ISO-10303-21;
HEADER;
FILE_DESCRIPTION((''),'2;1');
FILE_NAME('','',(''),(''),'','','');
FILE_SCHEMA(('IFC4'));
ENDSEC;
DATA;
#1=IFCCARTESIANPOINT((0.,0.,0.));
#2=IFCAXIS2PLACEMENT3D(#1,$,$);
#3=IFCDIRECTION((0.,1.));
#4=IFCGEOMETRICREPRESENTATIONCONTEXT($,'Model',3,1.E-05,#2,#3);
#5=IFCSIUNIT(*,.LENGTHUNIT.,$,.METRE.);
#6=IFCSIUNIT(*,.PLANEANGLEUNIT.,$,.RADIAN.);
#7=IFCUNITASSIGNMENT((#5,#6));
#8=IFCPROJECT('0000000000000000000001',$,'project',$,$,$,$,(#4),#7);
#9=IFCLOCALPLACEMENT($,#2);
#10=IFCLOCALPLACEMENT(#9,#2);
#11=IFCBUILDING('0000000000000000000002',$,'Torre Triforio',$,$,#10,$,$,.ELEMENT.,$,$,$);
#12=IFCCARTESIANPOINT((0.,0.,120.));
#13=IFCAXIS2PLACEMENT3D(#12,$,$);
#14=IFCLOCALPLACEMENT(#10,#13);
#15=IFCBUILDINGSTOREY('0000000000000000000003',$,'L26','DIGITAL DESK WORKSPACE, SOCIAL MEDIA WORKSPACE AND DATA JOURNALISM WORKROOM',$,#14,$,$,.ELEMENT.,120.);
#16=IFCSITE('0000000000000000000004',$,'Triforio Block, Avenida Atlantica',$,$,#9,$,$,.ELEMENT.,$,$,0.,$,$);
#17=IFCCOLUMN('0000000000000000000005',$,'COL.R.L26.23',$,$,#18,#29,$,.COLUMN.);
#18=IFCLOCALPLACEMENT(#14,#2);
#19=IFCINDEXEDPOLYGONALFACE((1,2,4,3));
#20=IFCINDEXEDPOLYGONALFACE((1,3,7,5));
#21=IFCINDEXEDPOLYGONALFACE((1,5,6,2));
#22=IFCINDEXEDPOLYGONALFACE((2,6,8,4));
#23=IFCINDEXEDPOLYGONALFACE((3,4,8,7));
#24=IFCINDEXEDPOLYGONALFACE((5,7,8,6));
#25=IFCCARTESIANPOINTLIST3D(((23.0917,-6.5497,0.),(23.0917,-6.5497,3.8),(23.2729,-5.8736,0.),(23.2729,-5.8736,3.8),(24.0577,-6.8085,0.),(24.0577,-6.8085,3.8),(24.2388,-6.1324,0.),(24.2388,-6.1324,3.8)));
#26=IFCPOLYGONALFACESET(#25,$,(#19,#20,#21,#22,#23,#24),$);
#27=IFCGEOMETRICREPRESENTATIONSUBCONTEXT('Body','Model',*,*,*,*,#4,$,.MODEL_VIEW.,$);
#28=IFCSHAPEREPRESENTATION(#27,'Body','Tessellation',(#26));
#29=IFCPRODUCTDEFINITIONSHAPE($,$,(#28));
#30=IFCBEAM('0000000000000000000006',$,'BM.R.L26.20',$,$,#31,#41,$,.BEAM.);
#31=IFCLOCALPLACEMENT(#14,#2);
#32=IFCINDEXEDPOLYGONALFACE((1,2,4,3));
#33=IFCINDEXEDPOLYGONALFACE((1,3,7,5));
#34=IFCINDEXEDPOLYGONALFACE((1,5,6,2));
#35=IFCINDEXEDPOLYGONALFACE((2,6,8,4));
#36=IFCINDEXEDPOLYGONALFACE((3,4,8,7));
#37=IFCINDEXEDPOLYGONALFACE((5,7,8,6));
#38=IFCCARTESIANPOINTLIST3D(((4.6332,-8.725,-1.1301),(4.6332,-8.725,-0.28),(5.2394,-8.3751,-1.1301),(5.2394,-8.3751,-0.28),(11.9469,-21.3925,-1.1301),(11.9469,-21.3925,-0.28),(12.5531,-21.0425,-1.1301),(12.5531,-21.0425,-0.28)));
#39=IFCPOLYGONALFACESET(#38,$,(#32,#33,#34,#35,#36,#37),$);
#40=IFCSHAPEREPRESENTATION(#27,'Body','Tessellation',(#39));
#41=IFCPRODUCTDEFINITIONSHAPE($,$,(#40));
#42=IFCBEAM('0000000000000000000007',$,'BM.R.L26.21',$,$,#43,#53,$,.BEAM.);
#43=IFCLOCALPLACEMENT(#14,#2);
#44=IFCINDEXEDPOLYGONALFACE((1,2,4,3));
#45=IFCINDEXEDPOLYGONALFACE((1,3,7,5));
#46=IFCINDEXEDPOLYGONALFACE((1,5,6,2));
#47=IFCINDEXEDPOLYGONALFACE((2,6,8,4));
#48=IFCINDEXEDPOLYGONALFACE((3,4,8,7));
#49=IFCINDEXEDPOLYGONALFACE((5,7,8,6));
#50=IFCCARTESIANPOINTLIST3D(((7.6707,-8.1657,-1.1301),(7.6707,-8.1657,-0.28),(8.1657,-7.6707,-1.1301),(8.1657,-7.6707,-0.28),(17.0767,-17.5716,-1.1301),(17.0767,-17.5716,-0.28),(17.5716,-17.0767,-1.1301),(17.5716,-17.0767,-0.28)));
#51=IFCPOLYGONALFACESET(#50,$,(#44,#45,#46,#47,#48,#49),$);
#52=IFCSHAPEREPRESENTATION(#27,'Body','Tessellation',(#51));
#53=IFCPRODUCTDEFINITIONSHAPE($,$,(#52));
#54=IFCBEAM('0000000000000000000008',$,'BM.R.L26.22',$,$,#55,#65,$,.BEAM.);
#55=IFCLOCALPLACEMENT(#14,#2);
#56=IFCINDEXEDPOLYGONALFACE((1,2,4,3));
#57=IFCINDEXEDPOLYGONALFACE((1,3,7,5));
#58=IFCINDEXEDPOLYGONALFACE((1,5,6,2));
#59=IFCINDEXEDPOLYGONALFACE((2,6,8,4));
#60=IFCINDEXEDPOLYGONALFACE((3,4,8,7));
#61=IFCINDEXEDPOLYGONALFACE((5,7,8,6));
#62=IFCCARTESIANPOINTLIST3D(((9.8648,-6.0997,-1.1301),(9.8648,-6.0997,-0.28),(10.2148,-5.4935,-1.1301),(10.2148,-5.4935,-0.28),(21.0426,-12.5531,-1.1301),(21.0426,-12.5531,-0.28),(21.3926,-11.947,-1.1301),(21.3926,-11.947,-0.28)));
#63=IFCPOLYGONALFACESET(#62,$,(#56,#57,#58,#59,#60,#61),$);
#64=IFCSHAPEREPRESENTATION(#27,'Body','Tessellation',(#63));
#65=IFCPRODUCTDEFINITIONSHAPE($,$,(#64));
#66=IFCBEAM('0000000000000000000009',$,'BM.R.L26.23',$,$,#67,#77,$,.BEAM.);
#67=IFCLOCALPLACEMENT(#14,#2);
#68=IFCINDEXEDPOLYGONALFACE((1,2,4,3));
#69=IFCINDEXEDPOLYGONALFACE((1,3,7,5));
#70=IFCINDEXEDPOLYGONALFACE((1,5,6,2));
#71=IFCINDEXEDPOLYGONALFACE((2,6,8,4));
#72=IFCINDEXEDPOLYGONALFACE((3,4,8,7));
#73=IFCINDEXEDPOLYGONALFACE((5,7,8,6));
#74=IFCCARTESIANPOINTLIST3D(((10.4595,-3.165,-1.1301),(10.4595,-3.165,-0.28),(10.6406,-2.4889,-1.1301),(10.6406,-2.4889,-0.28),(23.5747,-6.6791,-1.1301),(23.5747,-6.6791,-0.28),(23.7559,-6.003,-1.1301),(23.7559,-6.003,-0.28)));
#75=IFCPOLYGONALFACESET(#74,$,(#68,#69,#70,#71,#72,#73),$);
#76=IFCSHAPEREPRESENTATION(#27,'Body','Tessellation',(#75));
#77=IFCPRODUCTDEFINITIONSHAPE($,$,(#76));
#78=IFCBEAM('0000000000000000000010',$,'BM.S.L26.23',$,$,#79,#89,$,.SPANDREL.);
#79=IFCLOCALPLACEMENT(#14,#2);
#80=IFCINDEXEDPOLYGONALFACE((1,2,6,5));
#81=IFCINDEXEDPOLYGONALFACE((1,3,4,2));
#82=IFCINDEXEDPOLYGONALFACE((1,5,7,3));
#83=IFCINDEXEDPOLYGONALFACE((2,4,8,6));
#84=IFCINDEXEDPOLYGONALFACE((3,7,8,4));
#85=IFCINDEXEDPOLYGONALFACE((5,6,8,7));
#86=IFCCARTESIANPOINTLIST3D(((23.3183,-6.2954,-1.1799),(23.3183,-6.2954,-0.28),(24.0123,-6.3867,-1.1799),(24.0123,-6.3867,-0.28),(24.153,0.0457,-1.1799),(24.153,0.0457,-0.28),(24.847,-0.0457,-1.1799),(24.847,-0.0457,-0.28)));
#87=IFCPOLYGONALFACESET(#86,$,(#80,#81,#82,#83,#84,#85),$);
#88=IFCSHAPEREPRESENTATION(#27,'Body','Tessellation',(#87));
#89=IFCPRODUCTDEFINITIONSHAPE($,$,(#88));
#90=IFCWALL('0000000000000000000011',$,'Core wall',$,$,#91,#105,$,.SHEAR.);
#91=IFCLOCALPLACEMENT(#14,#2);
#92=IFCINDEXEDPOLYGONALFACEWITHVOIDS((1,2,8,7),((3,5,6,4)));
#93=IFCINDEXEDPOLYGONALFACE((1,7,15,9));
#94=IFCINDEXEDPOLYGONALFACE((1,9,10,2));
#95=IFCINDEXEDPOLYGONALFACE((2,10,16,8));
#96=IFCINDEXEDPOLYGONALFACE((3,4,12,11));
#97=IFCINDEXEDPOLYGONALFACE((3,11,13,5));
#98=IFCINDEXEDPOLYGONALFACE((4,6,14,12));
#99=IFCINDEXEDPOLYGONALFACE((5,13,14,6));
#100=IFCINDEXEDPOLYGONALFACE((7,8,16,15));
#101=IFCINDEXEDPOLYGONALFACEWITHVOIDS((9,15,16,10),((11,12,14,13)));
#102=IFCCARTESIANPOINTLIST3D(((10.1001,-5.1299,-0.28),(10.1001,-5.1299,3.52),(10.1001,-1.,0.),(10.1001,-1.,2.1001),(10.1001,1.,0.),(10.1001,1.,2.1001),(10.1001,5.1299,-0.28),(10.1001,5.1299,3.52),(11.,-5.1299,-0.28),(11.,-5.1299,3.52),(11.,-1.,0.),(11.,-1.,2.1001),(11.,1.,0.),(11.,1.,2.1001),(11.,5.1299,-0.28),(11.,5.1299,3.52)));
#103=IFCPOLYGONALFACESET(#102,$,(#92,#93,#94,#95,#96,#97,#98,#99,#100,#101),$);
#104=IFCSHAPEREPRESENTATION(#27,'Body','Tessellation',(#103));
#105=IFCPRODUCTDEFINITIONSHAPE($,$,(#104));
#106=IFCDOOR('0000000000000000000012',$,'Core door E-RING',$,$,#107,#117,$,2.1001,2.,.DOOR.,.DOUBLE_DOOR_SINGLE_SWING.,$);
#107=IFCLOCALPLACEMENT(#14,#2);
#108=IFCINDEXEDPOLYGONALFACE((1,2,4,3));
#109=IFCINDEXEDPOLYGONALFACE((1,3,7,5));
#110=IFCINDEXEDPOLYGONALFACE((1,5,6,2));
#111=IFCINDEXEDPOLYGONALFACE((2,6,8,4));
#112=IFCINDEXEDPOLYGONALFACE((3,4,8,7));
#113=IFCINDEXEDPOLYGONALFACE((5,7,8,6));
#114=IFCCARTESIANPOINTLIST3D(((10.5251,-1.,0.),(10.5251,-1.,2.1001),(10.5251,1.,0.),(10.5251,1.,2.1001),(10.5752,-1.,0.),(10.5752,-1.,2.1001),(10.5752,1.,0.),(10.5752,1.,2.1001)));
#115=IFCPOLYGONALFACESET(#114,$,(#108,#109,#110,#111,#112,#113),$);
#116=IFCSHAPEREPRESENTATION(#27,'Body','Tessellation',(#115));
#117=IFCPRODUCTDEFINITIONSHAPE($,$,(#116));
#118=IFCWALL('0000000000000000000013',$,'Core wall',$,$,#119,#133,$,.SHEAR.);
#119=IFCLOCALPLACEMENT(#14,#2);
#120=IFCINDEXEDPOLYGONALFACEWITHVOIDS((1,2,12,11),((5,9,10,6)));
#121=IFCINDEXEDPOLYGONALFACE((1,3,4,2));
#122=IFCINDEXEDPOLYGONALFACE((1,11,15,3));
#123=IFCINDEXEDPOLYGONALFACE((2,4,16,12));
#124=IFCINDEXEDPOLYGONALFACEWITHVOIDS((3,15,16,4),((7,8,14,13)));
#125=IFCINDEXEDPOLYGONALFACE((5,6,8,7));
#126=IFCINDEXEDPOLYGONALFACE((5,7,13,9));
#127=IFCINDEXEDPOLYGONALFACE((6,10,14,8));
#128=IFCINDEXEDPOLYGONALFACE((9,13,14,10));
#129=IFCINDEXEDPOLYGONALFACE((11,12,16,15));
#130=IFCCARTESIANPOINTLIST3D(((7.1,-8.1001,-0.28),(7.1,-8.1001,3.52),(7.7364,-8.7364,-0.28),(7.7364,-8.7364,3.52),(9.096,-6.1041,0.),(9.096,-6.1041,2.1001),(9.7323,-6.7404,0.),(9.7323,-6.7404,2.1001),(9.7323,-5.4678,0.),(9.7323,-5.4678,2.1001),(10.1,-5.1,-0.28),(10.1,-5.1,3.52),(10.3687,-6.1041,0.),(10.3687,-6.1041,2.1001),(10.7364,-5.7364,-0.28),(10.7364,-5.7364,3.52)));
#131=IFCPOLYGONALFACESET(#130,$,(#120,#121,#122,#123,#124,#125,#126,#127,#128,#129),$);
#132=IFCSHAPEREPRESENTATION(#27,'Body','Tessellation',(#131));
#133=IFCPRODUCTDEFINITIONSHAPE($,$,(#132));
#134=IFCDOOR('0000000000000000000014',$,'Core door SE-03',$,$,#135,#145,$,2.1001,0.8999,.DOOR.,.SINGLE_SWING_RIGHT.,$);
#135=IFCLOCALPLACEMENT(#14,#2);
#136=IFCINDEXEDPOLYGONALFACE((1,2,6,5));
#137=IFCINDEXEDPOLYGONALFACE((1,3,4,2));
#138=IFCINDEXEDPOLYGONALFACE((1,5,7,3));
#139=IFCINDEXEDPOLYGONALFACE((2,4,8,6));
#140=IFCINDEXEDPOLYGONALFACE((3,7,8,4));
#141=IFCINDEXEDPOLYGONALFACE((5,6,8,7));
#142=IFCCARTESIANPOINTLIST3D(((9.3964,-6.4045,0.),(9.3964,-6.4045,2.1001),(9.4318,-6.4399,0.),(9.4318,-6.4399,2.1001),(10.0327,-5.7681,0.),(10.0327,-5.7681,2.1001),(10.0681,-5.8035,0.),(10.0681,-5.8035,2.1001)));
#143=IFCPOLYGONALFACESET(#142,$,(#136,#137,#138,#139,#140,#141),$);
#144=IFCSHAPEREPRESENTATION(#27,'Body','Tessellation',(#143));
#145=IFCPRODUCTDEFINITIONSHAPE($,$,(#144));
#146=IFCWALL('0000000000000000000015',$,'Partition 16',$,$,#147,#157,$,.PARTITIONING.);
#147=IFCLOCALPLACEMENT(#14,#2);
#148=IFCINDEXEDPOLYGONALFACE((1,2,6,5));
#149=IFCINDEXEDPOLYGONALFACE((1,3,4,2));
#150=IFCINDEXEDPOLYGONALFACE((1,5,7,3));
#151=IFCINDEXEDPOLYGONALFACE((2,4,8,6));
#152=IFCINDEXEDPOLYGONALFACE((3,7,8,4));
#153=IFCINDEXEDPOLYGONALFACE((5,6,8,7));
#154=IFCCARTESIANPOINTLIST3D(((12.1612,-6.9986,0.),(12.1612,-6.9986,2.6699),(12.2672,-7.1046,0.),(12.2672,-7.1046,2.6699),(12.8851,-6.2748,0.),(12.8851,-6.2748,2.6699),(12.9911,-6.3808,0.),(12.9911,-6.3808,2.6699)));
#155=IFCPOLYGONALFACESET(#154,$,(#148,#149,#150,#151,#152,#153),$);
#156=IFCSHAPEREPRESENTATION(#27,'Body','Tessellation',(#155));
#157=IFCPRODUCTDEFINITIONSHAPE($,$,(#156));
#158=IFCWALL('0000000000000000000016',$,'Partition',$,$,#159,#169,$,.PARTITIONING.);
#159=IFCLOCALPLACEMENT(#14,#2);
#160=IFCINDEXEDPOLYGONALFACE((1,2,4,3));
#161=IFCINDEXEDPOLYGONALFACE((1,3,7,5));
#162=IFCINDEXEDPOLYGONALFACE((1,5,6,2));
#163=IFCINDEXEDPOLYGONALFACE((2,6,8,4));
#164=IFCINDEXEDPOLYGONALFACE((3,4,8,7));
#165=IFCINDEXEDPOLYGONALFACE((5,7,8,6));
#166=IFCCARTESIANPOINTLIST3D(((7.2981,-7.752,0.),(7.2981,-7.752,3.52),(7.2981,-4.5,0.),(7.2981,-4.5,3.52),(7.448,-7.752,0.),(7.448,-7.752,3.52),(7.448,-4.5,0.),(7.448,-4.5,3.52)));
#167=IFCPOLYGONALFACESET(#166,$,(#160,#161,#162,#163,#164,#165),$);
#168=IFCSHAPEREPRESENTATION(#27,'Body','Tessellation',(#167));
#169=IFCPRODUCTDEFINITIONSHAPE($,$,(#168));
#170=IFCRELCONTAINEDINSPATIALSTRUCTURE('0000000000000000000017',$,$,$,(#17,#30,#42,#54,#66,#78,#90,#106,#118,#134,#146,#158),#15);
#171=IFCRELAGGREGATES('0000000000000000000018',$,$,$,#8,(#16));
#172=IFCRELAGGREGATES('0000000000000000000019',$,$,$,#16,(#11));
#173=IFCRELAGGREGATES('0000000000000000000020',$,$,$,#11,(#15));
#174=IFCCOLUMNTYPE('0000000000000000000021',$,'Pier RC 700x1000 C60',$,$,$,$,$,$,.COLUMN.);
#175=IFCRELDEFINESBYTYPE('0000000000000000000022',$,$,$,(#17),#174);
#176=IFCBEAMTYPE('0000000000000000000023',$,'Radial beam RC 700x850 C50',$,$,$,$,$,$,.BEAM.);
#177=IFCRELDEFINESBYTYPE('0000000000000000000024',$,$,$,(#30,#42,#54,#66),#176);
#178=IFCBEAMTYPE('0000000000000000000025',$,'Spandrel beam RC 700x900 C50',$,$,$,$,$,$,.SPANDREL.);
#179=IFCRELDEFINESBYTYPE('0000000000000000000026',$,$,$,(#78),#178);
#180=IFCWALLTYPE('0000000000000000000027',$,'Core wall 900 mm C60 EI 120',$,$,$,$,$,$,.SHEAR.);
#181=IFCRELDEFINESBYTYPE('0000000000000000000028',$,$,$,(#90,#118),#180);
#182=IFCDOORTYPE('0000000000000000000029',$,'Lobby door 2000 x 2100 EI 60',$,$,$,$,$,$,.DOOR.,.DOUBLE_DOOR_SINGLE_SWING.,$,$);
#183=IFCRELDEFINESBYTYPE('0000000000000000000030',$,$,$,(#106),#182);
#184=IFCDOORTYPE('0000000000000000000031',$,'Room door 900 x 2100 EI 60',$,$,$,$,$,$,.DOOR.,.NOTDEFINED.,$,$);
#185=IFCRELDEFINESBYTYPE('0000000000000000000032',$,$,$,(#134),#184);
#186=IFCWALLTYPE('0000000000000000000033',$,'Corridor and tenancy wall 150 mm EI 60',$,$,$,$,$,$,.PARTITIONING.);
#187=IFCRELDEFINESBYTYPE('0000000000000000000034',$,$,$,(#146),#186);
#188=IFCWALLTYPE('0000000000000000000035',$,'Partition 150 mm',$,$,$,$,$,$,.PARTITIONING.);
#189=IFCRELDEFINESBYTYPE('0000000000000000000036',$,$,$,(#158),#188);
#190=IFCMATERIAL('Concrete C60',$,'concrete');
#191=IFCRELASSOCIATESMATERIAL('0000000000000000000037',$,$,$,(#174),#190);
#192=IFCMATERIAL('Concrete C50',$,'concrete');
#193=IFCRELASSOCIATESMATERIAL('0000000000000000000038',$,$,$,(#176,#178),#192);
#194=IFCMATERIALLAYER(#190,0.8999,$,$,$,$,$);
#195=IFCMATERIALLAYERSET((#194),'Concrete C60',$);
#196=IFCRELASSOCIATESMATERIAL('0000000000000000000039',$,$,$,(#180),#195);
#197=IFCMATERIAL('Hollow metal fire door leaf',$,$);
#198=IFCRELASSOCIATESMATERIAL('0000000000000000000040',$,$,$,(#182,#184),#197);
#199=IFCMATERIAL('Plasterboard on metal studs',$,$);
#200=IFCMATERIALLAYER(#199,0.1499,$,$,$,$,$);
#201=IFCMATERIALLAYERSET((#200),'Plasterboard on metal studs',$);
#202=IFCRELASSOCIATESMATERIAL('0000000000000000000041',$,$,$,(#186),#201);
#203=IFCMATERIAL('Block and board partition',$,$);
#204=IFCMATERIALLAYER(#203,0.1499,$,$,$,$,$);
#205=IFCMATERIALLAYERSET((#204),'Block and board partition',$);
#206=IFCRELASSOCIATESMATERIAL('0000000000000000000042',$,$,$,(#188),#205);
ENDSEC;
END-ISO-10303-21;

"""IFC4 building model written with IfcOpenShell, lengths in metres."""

from ifc_helpers import new_model, si_unit, direction, frame, frame_2d, origin, origin_2d, place, context, subcontext, project, spatial, rectangle, extrude, material, layer, layer_set, material_profile, profile_set, type_object, element, fill, save


model = new_model("IFC4")

# Units and contexts
model_context = context("Model", 3, precision=1e-05, world=origin(), true_north=direction((0.0, 1.0)))
body_context = subcontext(model_context, "Body", "Model", "MODEL_VIEW")
ifc_project = project(units=[si_unit("LENGTHUNIT", "METRE"), si_unit("PLANEANGLEUNIT", "RADIAN")], contexts=[model_context])

# Site, building, storey
site_placement = place(None, origin())
site = spatial("IfcSite", under=ifc_project, at=site_placement, Name="Triforio Block, Avenida Atlantica", CompositionType="ELEMENT", RefElevation=0.0)
building_placement = place(site_placement, origin())
building = spatial("IfcBuilding", under=site, at=building_placement, Name="Torre Triforio", CompositionType="ELEMENT")
storey_placement = place(building_placement, frame((0.0, 0.0, 120.0)))
storey = spatial("IfcBuildingStorey", under=building, at=storey_placement, Name="L26", Description="DIGITAL DESK WORKSPACE, SOCIAL MEDIA WORKSPACE AND DATA JOURNALISM WORKROOM", CompositionType="ELEMENT", Elevation=120.0)

# Column
ifc_material_1 = material(Name="Concrete C60", Category="concrete")
ifc_material_profile_1 = material_profile(ifc_material_1, rectangle(XDim=0.7, YDim=1.0, at=origin_2d()), Name="RC 700x1000")
ifc_profile_set_1 = profile_set([ifc_material_profile_1], Name="Concrete C60")
column_type = type_object("IfcColumnType", Name="Pier RC 700x1000 C60", PredefinedType="COLUMN", material=ifc_profile_set_1)
column_placement = place(storey_placement, frame((23.6653, -6.3411, 0.0), z_axis=(0.0, 0.0, 1.0), x_axis=(0.258819, 0.965926, 0.0)))
element("IfcColumn", 1, at=column_placement, inside=storey, type_object=column_type, Name="COL.R.L26.23", PredefinedType="COLUMN", context=body_context, shape_type="SweptSolid", body=[
    extrude(rectangle(XDim=0.7, YDim=1.0, at=origin_2d()), origin(), (0.0, 0.0, 1.0), 3.8),
])

# Beams
ifc_material_2 = material(Name="Concrete C50", Category="concrete")
ifc_material_profile_2 = material_profile(ifc_material_2, rectangle(XDim=0.7, YDim=0.8501, at=origin_2d()), Name="RC 700x850")
ifc_profile_set_2 = profile_set([ifc_material_profile_2], Name="Concrete C50")
beam_type_1 = type_object("IfcBeamType", Name="Radial beam RC 700x850 C50", PredefinedType="BEAM", material=ifc_profile_set_2)
beam_1_placement = place(storey_placement, frame((4.9363, -8.55, -0.7051), z_axis=(0.500008, -0.866021, 0.0), x_axis=(0.866021, 0.500008, 0.0)))
element("IfcBeam", 2, at=beam_1_placement, inside=storey, type_object=beam_type_1, Name="BM.R.L26.20", PredefinedType="BEAM", context=body_context, shape_type="SweptSolid", body=[
    extrude(rectangle(XDim=0.7, YDim=0.8501, at=origin_2d()), origin(), (0.0, 0.0, 1.0), 14.6272),
])
beam_2_placement = place(storey_placement, frame((7.9182, -7.9182, -0.7051), z_axis=(0.707107, -0.707107, 0.0), x_axis=(0.707107, 0.707107, 0.0)))
element("IfcBeam", 3, at=beam_2_placement, inside=storey, type_object=beam_type_1, Name="BM.R.L26.21", PredefinedType="BEAM", context=body_context, shape_type="SweptSolid", body=[
    extrude(rectangle(XDim=0.7, YDim=0.8501, at=origin_2d()), origin(), (0.0, 0.0, 1.0), 13.302),
])
beam_3_placement = place(storey_placement, frame((10.0398, -5.7966, -0.7051), z_axis=(0.866029, -0.499994, 0.0), x_axis=(0.499994, 0.866029, 0.0)))
element("IfcBeam", 4, at=beam_3_placement, inside=storey, type_object=beam_type_1, Name="BM.R.L26.22", PredefinedType="BEAM", context=body_context, shape_type="SweptSolid", body=[
    extrude(rectangle(XDim=0.7, YDim=0.8501, at=origin_2d()), origin(), (0.0, 0.0, 1.0), 12.907),
])
beam_4_placement = place(storey_placement, frame((10.55, -2.8269, -0.7051), z_axis=(0.965927, -0.258815, 0.0), x_axis=(0.258815, 0.965927, 0.0)))
element("IfcBeam", 5, at=beam_4_placement, inside=storey, type_object=beam_type_1, Name="BM.R.L26.23", PredefinedType="BEAM", context=body_context, shape_type="SweptSolid", body=[
    extrude(rectangle(XDim=0.7, YDim=0.8501, at=origin_2d()), origin(), (0.0, 0.0, 1.0), 13.5779),
])
ifc_material_profile_3 = material_profile(ifc_material_2, rectangle(XDim=0.7, YDim=0.8999, at=origin_2d()), Name="RC 700x900")
ifc_profile_set_3 = profile_set([ifc_material_profile_3], Name="Concrete C50")
beam_type_2 = type_object("IfcBeamType", Name="Spandrel beam RC 700x900 C50", PredefinedType="SPANDREL", material=ifc_profile_set_3)
beam_5_placement = place(storey_placement, frame((23.6653, -6.3411, -0.73), z_axis=(0.130511, 0.991447, 0.0), x_axis=(-0.991447, 0.130511, 0.0)))
element("IfcBeam", 6, at=beam_5_placement, inside=storey, type_object=beam_type_2, Name="BM.S.L26.23", PredefinedType="SPANDREL", context=body_context, shape_type="SweptSolid", body=[
    extrude(rectangle(XDim=0.7, YDim=0.8999, at=origin_2d()), origin(), (0.0, 0.0, 1.0), 6.3958),
])

# Walls, openings, doors
ifc_layer_1 = layer(ifc_material_1, 0.8999)
ifc_layer_set_1 = layer_set([ifc_layer_1], Name="Concrete C60")
wall_type_1 = type_object("IfcWallType", Name="Core wall 900 mm C60 EI 120", PredefinedType="SHEAR", material=ifc_layer_set_1)
wall_1_placement = place(storey_placement, frame((10.55, -5.1299, -0.28), z_axis=(0.0, 0.0, 1.0), x_axis=(0.0, 1.0, 0.0)))
wall_1 = element("IfcWall", 7, at=wall_1_placement, inside=storey, type_object=wall_type_1, Name="Core wall", PredefinedType="SHEAR", context=body_context, shape_type="SweptSolid", body=[
    extrude(rectangle(XDim=10.2598, YDim=0.8999, at=frame_2d((5.1299, 0.0))), origin(), (0.0, 0.0, 1.0), 3.8),
])
opening_1_placement = place(wall_1_placement, frame((4.1299, 0.0, 0.28)))
opening_1 = element("IfcOpeningElement", 8, at=opening_1_placement, cuts=wall_1, PredefinedType="OPENING", context=body_context, shape_type="SweptSolid", body=[
    extrude(rectangle(XDim=2.0, YDim=2.1001, at=frame_2d((1.0, 1.05))), frame((0.0, 0.46, 0.0), z_axis=(0.0, -1.0, 0.0), x_axis=(1.0, 0.0, 0.0)), (0.0, 0.0, 1.0), 0.9199),
])
ifc_material_3 = material(Name="Hollow metal fire door leaf")
door_type_1 = type_object("IfcDoorType", Name="Lobby door 2000 x 2100 EI 60", OperationType="DOUBLE_DOOR_SINGLE_SWING", PredefinedType="DOOR", material=ifc_material_3)
door_1_placement = place(opening_1_placement, origin())
door_1 = element("IfcDoor", 9, at=door_1_placement, inside=storey, type_object=door_type_1, Name="Core door E-RING", OperationType="DOUBLE_DOOR_SINGLE_SWING", OverallHeight=2.1001, OverallWidth=2.0, PredefinedType="DOOR", context=body_context, shape_type="SweptSolid", body=[
    extrude(rectangle(XDim=2.0, YDim=2.1001, at=frame_2d((1.0, 1.05))), frame((0.0, 0.0249, 0.0), z_axis=(0.0, -1.0, 0.0), x_axis=(1.0, 0.0, 0.0)), (0.0, 0.0, 1.0), 0.05),
])
fill(opening_1, door_1)
wall_2_placement = place(storey_placement, frame((10.4182, -5.4182, -0.28), z_axis=(0.0, 0.0, 1.0), x_axis=(-0.707107, -0.707107, 0.0)))
wall_2 = element("IfcWall", 10, at=wall_2_placement, inside=storey, type_object=wall_type_1, Name="Core wall", PredefinedType="SHEAR", context=body_context, shape_type="SweptSolid", body=[
    extrude(rectangle(XDim=4.2427, YDim=0.8999, at=frame_2d((2.1213, 0.0))), origin(), (0.0, 0.0, 1.0), 3.8),
])
opening_2_placement = place(wall_2_placement, frame((0.52, 0.0, 0.28)))
opening_2 = element("IfcOpeningElement", 11, at=opening_2_placement, cuts=wall_2, PredefinedType="OPENING", context=body_context, shape_type="SweptSolid", body=[
    extrude(rectangle(XDim=0.8999, YDim=2.1001, at=frame_2d((0.45, 1.05))), frame((0.0, 0.46, 0.0), z_axis=(0.0, -1.0, 0.0), x_axis=(1.0, 0.0, 0.0)), (0.0, 0.0, 1.0), 0.9199),
])
door_type_2 = type_object("IfcDoorType", Name="Room door 900 x 2100 EI 60", OperationType="NOTDEFINED", PredefinedType="DOOR", material=ifc_material_3)
door_2_placement = place(opening_2_placement, origin())
door_2 = element("IfcDoor", 12, at=door_2_placement, inside=storey, type_object=door_type_2, Name="Core door SE-03", OperationType="SINGLE_SWING_RIGHT", OverallHeight=2.1001, OverallWidth=0.8999, PredefinedType="DOOR", context=body_context, shape_type="SweptSolid", body=[
    extrude(rectangle(XDim=0.8999, YDim=2.1001, at=frame_2d((0.45, 1.05))), frame((0.0, 0.0249, 0.0), z_axis=(0.0, -1.0, 0.0), x_axis=(1.0, 0.0, 0.0)), (0.0, 0.0, 1.0), 0.05),
])
fill(opening_2, door_2)

# Walls
ifc_material_4 = material(Name="Plasterboard on metal studs")
ifc_layer_2 = layer(ifc_material_4, 0.1499)
ifc_layer_set_2 = layer_set([ifc_layer_2], Name="Plasterboard on metal studs")
wall_type_2 = type_object("IfcWallType", Name="Corridor and tenancy wall 150 mm EI 60", PredefinedType="PARTITIONING", material=ifc_layer_set_2)
wall_3_placement = place(storey_placement, frame((12.938, -6.3279, 0.0), z_axis=(0.0, 0.0, 1.0), x_axis=(-0.707107, -0.707107, 0.0)))
element("IfcWall", 13, at=wall_3_placement, inside=storey, type_object=wall_type_2, Name="Partition 16", PredefinedType="PARTITIONING", context=body_context, shape_type="SweptSolid", body=[
    extrude(rectangle(XDim=1.0237, YDim=0.1499, at=frame_2d((0.5117, 0.0))), origin(), (0.0, 0.0, 1.0), 2.6699),
])
ifc_material_5 = material(Name="Block and board partition")
ifc_layer_3 = layer(ifc_material_5, 0.1499)
ifc_layer_set_3 = layer_set([ifc_layer_3], Name="Block and board partition")
wall_type_3 = type_object("IfcWallType", Name="Partition 150 mm", PredefinedType="PARTITIONING", material=ifc_layer_set_3)
wall_4_placement = place(storey_placement, frame((7.373, -7.752, 0.0), z_axis=(0.0, 0.0, 1.0), x_axis=(0.0, 1.0, 0.0)))
element("IfcWall", 14, at=wall_4_placement, inside=storey, type_object=wall_type_3, Name="Partition", PredefinedType="PARTITIONING", context=body_context, shape_type="SweptSolid", body=[
    extrude(rectangle(XDim=3.252, YDim=0.1499, at=frame_2d((1.626, 0.0))), origin(), (0.0, 0.0, 1.0), 3.52),
])

save(model, "model.ifc")
